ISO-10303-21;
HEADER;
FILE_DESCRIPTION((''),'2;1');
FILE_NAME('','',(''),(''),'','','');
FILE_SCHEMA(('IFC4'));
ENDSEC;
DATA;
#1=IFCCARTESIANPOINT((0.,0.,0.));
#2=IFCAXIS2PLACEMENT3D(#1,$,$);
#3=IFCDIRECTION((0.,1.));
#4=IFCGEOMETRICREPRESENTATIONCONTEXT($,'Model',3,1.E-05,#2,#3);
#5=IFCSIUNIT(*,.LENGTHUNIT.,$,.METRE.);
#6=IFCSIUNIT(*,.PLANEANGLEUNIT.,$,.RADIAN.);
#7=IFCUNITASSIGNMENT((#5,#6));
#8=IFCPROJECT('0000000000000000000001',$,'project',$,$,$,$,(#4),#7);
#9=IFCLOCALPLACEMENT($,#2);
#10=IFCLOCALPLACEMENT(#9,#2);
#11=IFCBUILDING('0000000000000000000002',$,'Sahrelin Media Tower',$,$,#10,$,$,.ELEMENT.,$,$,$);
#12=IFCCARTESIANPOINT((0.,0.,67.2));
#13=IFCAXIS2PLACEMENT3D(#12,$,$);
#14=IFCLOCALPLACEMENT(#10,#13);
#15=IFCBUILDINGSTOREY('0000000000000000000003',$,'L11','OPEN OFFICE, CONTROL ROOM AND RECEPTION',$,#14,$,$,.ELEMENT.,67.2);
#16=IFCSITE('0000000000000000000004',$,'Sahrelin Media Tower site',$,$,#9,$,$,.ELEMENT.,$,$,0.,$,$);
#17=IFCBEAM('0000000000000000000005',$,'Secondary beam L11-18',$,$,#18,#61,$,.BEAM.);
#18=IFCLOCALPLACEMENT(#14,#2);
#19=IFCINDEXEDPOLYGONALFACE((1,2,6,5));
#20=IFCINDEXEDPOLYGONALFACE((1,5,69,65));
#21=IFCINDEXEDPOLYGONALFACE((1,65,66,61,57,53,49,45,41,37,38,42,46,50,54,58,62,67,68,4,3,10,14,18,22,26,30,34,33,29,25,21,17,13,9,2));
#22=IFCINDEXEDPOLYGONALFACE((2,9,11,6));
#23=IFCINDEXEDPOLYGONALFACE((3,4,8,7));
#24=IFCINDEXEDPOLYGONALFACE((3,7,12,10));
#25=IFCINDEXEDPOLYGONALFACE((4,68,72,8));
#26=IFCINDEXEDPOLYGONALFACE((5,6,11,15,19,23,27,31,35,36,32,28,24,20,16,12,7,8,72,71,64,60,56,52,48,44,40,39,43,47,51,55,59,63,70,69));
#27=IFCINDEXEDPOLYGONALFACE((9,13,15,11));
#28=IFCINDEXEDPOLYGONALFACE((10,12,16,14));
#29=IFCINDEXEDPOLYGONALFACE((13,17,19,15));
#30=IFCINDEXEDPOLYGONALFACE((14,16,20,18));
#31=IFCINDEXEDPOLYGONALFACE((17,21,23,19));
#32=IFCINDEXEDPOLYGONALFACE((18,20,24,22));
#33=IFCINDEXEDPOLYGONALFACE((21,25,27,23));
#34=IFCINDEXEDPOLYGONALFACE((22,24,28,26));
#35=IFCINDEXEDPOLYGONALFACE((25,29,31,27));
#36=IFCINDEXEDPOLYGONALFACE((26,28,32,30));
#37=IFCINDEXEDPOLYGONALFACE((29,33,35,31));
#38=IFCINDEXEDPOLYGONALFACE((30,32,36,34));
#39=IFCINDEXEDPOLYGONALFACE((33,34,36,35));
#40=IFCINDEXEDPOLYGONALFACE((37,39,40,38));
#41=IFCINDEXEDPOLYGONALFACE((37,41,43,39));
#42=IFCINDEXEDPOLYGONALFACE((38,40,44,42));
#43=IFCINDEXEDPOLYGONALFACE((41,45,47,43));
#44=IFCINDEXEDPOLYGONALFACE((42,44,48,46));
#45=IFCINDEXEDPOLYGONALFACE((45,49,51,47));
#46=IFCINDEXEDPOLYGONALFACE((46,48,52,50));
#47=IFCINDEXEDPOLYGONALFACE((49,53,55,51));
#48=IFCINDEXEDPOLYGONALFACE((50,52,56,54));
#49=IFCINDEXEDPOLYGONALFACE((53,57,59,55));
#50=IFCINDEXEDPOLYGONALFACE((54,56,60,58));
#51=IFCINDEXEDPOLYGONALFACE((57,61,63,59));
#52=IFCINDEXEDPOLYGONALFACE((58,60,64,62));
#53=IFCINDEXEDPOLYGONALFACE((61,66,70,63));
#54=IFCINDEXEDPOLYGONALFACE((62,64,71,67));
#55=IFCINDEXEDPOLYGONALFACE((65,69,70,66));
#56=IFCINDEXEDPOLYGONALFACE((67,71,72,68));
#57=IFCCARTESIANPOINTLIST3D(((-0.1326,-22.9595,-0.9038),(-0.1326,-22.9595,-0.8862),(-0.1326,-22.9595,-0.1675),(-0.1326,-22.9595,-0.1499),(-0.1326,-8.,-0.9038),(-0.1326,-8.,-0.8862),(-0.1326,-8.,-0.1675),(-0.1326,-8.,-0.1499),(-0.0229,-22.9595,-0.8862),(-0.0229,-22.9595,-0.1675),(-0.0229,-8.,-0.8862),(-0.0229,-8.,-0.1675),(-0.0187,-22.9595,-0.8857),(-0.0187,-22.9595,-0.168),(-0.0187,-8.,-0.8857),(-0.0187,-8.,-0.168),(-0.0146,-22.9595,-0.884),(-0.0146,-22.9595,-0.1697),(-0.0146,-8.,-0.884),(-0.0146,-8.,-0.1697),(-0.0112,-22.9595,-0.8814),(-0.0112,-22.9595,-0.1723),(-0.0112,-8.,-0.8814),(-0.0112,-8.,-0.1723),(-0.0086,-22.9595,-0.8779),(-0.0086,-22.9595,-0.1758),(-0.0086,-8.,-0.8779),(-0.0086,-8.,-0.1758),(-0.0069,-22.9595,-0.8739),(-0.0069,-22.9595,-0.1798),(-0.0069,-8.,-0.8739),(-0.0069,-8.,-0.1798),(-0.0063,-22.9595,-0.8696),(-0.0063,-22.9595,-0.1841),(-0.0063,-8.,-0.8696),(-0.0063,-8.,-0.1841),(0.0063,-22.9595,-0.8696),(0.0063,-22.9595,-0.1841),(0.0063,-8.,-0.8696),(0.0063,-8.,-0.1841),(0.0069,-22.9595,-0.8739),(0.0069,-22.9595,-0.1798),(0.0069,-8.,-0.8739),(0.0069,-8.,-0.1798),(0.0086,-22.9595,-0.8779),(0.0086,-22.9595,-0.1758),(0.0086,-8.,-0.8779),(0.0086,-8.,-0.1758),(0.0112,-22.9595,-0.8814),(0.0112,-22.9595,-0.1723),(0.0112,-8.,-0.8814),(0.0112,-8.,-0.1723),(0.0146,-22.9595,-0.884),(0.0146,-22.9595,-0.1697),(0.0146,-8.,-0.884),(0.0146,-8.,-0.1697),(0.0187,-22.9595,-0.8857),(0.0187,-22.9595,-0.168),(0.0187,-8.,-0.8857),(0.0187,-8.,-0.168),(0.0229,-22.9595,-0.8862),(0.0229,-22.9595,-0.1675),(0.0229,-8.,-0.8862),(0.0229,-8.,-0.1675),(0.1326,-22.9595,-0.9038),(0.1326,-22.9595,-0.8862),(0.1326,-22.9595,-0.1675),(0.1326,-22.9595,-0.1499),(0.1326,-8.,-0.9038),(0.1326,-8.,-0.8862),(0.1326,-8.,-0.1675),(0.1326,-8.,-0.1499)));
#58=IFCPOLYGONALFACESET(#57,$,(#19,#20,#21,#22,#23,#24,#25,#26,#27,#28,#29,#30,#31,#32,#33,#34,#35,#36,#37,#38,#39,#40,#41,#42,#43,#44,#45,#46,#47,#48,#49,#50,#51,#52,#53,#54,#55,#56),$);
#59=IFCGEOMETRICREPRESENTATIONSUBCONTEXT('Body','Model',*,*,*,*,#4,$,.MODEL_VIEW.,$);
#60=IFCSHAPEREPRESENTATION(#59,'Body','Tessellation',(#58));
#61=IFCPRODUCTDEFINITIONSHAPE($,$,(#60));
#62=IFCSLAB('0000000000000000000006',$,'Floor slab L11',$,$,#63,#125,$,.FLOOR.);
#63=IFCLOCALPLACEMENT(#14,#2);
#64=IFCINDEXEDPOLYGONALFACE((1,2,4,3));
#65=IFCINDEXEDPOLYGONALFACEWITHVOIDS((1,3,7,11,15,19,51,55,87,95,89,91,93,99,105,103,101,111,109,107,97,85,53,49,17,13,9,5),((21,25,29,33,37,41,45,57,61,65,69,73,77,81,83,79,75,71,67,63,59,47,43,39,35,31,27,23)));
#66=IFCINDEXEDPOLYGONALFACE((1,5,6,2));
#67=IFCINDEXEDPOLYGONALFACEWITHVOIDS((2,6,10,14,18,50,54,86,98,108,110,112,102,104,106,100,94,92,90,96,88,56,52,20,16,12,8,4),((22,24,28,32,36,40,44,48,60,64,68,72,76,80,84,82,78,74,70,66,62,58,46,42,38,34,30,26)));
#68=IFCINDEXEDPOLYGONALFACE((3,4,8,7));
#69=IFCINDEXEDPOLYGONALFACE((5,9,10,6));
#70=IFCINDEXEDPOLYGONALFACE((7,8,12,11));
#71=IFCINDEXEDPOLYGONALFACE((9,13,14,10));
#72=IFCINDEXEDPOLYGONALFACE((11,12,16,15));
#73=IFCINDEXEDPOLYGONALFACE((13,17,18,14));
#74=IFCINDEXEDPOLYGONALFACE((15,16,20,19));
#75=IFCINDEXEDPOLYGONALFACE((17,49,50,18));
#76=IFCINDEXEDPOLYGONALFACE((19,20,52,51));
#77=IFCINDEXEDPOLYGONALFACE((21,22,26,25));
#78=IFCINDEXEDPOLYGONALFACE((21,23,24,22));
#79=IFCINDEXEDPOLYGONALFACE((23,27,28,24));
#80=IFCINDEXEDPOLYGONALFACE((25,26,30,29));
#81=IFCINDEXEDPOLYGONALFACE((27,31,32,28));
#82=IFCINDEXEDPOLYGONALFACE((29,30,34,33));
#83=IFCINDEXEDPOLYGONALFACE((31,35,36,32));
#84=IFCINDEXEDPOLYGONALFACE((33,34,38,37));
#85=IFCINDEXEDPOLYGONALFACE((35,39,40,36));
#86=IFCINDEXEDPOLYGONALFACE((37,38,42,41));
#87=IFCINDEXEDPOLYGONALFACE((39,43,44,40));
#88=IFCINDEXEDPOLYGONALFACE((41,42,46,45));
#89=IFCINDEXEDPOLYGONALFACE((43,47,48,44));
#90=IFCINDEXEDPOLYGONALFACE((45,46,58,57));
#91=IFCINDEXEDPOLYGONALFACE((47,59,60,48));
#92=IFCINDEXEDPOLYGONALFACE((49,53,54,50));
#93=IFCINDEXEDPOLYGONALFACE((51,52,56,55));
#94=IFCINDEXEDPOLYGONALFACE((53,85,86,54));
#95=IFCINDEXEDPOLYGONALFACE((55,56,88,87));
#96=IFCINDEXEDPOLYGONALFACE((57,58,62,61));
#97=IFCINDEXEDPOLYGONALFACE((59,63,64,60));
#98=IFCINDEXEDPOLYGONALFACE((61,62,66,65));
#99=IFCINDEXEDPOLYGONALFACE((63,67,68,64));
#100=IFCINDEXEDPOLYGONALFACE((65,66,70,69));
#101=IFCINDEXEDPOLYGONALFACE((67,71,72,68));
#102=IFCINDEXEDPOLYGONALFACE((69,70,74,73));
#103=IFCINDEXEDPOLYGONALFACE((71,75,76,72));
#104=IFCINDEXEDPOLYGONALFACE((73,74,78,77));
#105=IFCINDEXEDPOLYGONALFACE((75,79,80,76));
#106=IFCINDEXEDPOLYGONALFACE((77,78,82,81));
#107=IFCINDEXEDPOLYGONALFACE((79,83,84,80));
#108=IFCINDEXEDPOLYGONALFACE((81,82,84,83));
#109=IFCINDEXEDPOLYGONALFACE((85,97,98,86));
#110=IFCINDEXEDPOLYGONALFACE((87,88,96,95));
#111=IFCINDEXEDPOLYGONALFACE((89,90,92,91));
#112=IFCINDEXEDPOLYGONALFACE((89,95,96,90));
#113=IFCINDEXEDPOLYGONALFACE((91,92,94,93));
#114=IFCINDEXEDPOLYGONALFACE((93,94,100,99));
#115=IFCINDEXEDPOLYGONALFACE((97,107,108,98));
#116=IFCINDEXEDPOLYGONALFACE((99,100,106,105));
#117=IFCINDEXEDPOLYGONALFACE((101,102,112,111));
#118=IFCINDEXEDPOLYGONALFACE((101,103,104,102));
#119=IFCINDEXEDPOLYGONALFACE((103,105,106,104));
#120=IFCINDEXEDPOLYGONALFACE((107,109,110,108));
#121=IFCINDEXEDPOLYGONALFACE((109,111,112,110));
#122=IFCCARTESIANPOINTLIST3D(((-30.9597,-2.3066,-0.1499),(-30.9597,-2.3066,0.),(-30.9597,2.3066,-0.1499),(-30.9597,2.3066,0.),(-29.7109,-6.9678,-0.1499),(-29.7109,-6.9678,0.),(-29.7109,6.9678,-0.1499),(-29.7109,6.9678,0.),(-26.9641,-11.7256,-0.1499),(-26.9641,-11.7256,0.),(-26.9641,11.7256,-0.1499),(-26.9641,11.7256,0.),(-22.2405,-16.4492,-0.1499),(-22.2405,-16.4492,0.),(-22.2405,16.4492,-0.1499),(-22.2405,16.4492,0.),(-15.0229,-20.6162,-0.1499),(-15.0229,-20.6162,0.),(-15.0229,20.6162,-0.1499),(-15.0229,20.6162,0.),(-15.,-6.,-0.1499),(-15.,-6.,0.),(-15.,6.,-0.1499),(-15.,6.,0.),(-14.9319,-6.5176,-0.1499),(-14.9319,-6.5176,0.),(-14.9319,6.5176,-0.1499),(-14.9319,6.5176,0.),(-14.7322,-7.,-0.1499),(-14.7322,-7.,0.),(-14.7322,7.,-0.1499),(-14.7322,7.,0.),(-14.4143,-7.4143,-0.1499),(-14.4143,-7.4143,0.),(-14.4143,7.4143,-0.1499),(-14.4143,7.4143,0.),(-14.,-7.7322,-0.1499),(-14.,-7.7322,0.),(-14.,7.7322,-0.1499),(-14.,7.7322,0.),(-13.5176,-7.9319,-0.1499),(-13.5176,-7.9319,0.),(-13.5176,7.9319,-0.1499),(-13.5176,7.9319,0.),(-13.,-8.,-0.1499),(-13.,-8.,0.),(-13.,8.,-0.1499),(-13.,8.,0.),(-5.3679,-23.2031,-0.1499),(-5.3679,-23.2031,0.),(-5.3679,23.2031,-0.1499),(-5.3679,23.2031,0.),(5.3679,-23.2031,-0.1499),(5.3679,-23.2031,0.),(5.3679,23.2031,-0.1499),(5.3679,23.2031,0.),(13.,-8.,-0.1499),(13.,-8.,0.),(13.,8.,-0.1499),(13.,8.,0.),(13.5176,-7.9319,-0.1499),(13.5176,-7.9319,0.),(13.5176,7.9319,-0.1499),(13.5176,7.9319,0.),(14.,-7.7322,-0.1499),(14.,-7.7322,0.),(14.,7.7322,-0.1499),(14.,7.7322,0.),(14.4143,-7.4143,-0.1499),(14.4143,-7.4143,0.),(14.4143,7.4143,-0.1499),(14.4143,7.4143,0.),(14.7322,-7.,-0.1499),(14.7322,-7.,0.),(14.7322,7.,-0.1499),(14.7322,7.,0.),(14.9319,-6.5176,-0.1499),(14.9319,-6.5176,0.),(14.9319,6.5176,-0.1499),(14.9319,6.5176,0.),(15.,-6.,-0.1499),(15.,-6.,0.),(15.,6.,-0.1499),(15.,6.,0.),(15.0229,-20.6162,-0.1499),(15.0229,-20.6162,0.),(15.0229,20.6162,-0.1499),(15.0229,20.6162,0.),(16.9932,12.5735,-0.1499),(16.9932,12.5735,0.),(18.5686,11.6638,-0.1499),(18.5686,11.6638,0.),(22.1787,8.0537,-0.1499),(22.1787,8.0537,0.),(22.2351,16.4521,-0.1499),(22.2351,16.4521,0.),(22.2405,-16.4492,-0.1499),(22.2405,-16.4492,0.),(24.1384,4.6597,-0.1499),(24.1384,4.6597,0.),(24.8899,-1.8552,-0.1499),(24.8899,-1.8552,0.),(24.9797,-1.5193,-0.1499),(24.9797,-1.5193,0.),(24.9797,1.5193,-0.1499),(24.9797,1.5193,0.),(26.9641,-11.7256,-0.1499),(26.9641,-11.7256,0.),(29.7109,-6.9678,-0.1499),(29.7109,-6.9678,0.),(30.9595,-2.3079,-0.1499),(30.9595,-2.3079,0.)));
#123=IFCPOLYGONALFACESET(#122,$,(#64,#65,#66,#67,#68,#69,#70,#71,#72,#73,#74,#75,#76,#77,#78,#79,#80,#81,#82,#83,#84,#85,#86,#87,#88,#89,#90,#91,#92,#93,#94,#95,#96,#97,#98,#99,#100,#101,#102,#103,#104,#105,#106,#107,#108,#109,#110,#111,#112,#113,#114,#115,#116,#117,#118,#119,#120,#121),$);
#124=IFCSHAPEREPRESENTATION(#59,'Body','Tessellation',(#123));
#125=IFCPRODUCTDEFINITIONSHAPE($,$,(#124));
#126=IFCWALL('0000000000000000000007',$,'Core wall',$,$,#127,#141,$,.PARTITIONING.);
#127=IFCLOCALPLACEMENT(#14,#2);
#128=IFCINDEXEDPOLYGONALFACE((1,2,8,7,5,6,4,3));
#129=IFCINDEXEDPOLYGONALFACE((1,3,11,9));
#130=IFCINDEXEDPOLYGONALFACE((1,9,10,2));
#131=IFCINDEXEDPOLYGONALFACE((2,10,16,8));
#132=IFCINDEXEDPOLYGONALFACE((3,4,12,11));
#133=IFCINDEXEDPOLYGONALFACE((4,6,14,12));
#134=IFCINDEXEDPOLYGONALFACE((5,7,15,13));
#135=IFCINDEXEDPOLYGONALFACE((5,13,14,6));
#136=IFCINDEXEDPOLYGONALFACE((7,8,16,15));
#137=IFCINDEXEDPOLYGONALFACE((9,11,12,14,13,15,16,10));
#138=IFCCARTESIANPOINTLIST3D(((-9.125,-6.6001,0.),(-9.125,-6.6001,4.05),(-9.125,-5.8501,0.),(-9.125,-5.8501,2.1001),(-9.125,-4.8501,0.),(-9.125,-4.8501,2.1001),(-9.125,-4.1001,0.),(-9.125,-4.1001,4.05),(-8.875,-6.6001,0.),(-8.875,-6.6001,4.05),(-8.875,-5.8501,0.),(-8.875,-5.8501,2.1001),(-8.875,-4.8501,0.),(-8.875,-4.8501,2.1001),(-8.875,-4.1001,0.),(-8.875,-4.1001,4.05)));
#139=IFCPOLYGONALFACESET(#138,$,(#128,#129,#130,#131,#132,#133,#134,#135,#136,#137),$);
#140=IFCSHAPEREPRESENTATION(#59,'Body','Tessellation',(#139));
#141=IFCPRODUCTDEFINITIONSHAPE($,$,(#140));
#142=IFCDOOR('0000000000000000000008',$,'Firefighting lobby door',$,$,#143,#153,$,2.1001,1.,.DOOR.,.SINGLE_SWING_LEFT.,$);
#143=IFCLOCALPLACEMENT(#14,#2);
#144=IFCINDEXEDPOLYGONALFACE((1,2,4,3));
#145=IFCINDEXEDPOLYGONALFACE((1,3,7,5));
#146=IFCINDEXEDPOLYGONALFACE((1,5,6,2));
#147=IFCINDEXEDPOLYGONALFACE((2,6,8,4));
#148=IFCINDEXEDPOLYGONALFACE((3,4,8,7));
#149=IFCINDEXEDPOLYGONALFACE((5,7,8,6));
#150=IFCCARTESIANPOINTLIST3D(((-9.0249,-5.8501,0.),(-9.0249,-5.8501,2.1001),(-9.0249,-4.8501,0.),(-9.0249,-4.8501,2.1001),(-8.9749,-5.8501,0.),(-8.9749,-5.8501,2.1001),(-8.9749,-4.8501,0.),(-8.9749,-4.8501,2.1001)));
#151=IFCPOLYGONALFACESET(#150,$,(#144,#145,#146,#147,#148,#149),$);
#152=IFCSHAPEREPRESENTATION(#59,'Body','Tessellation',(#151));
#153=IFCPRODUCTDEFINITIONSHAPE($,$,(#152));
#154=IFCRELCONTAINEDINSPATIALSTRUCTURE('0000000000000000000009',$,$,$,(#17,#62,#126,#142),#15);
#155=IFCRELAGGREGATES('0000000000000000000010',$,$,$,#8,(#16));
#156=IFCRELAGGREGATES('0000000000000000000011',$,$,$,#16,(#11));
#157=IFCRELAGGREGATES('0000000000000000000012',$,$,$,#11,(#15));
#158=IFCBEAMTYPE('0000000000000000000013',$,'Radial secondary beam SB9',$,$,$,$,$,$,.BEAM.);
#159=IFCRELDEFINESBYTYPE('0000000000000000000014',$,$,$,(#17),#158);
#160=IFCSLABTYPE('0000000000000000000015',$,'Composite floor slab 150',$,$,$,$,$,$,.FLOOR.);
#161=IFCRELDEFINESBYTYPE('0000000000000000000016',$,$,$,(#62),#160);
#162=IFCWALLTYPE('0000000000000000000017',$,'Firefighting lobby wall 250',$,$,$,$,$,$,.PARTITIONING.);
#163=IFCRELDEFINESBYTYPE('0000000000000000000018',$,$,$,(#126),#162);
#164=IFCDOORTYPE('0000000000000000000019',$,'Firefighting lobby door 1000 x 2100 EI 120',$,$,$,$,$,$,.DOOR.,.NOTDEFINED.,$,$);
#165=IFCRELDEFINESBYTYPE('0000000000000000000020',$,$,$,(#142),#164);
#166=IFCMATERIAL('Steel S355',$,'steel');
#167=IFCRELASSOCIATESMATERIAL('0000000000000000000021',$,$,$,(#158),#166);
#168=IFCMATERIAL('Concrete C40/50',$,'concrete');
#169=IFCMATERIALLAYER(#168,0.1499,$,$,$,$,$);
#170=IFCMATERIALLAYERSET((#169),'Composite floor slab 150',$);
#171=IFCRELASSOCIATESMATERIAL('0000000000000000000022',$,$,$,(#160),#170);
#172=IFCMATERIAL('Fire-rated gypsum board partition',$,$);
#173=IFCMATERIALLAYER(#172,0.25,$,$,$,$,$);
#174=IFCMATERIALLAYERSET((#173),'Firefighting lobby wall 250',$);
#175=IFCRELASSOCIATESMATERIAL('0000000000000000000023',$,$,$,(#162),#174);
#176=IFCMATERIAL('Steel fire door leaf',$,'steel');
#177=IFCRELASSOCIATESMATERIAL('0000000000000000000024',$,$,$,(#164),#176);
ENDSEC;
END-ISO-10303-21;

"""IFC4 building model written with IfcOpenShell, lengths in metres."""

from ifc_helpers import new_model, si_unit, direction, frame, frame_2d, origin, origin_2d, place, context, subcontext, project, spatial, polyline, rectangle, i_section, outline, extrude, material, layer, layer_set, material_profile, profile_set, type_object, element, fill, save


model = new_model("IFC4")

# Units and contexts
model_context = context("Model", 3, precision=1e-05, world=origin(), true_north=direction((0.0, 1.0)))
body_context = subcontext(model_context, "Body", "Model", "MODEL_VIEW")
ifc_project = project(units=[si_unit("LENGTHUNIT", "METRE"), si_unit("PLANEANGLEUNIT", "RADIAN")], contexts=[model_context])

# Site, building, storey
site_placement = place(None, origin())
site = spatial("IfcSite", under=ifc_project, at=site_placement, Name="Sahrelin Media Tower site", CompositionType="ELEMENT", RefElevation=0.0)
building_placement = place(site_placement, origin())
building = spatial("IfcBuilding", under=site, at=building_placement, Name="Sahrelin Media Tower", CompositionType="ELEMENT")
storey_placement = place(building_placement, frame((0.0, 0.0, 67.2)))
storey = spatial("IfcBuildingStorey", under=building, at=storey_placement, Name="L11", Description="OPEN OFFICE, CONTROL ROOM AND RECEPTION", CompositionType="ELEMENT", Elevation=67.2)

# Beam
ifc_material_1 = material(Name="Steel S355", Category="steel")
ifc_material_profile_1 = material_profile(ifc_material_1, i_section(OverallWidth=0.2651, OverallDepth=0.7539, WebThickness=0.0127, FlangeThickness=0.0176, FilletRadius=0.0166, at=origin_2d()), Name="UB 762x267x147")
ifc_profile_set_1 = profile_set([ifc_material_profile_1], Name="Steel S355")
beam_type_1 = type_object("IfcBeamType", Name="Radial secondary beam SB9", PredefinedType="BEAM", material=ifc_profile_set_1)
beam_1_placement = place(storey_placement, frame((0.0, -8.0, -0.5269), z_axis=(0.0, -1.0, 0.0), x_axis=(1.0, 0.0, 0.0)))
element("IfcBeam", 1, at=beam_1_placement, inside=storey, type_object=beam_type_1, Name="Secondary beam L11-18", PredefinedType="BEAM", context=body_context, shape_type="SweptSolid", body=[
    extrude(i_section(OverallWidth=0.2651, OverallDepth=0.7539, WebThickness=0.0127, FlangeThickness=0.0176, FilletRadius=0.0166, at=origin_2d()), origin(), (0.0, 0.0, 1.0), 14.9595),
])

# Slab
ifc_material_2 = material(Name="Concrete C40/50", Category="concrete")
ifc_layer_1 = layer(ifc_material_2, 0.1499)
ifc_layer_set_1 = layer_set([ifc_layer_1], Name="Composite floor slab 150")
slab_type = type_object("IfcSlabType", Name="Composite floor slab 150", PredefinedType="FLOOR", material=ifc_layer_set_1)
slab_placement = place(storey_placement, frame((0.0, 0.0, -0.1499)))
element("IfcSlab", 2, at=slab_placement, inside=storey, type_object=slab_type, Name="Floor slab L11", PredefinedType="FLOOR", context=body_context, shape_type="SweptSolid", body=[
    extrude(outline(polyline([(29.7109, -6.9678), (30.9595, -2.3079), (24.8899, -1.8552), (24.9797, -1.5193), (24.9797, 1.5193), (24.1384, 4.6597), (22.1787, 8.0537), (18.5686, 11.6638), (16.9932, 12.5735), (22.2351, 16.4521), (15.0229, 20.6162), (5.3679, 23.2031), (-5.3679, 23.2031), (-15.0229, 20.6162), (-22.2405, 16.4492), (-26.9641, 11.7256), (-29.7109, 6.9678), (-30.9597, 2.3066), (-30.9597, -2.3066), (-29.7109, -6.9678), (-26.9641, -11.7256), (-22.2405, -16.4492), (-15.0229, -20.6162), (-5.3679, -23.2031), (5.3679, -23.2031), (15.0229, -20.6162), (22.2405, -16.4492), (26.9641, -11.7256), (29.7109, -6.9678)]), holes=[polyline([(14.7322, 7.0), (14.9319, 6.5176), (15.0, 6.0), (15.0, -6.0), (14.9319, -6.5176), (14.7322, -7.0), (14.4143, -7.4143), (14.0, -7.7322), (13.5176, -7.9319), (13.0, -8.0), (-13.0, -8.0), (-13.5176, -7.9319), (-14.0, -7.7322), (-14.4143, -7.4143), (-14.7322, -7.0), (-14.9319, -6.5176), (-15.0, -6.0), (-15.0, 6.0), (-14.9319, 6.5176), (-14.7322, 7.0), (-14.4143, 7.4143), (-14.0, 7.7322), (-13.5176, 7.9319), (-13.0, 8.0), (13.0, 8.0), (13.5176, 7.9319), (14.0, 7.7322), (14.4143, 7.4143), (14.7322, 7.0)])]), origin(), (0.0, 0.0, 1.0), 0.1499),
])

# Wall, opening, door
ifc_material_3 = material(Name="Fire-rated gypsum board partition")
ifc_layer_2 = layer(ifc_material_3, 0.25)
ifc_layer_set_2 = layer_set([ifc_layer_2], Name="Firefighting lobby wall 250")
wall_type_1 = type_object("IfcWallType", Name="Firefighting lobby wall 250", PredefinedType="PARTITIONING", material=ifc_layer_set_2)
wall_1_placement = place(storey_placement, frame((-9.0, -6.6001, 0.0), z_axis=(0.0, 0.0, 1.0), x_axis=(0.0, 1.0, 0.0)))
wall_1 = element("IfcWall", 3, at=wall_1_placement, inside=storey, type_object=wall_type_1, Name="Core wall", PredefinedType="PARTITIONING", context=body_context, shape_type="SweptSolid", body=[
    extrude(rectangle(XDim=2.5, YDim=0.25, at=frame_2d((1.25, 0.0))), origin(), (0.0, 0.0, 1.0), 4.05),
])
opening_1_placement = place(wall_1_placement, frame((0.75, 0.0, 0.0)))
opening_1 = element("IfcOpeningElement", 4, at=opening_1_placement, cuts=wall_1, PredefinedType="OPENING", context=body_context, shape_type="SweptSolid", body=[
    extrude(rectangle(XDim=1.0, YDim=2.1001, at=frame_2d((0.5, 1.05))), frame((0.0, 0.125, 0.0), z_axis=(0.0, -1.0, 0.0), x_axis=(1.0, 0.0, 0.0)), (0.0, 0.0, 1.0), 0.25),
])
ifc_material_4 = material(Name="Steel fire door leaf", Category="steel")
door_type_1 = type_object("IfcDoorType", Name="Firefighting lobby door 1000 x 2100 EI 120", OperationType="NOTDEFINED", PredefinedType="DOOR", material=ifc_material_4)
door_1_placement = place(opening_1_placement, origin())
door_1 = element("IfcDoor", 5, at=door_1_placement, inside=storey, type_object=door_type_1, Name="Firefighting lobby door", OperationType="SINGLE_SWING_LEFT", OverallHeight=2.1001, OverallWidth=1.0, PredefinedType="DOOR", context=body_context, shape_type="SweptSolid", body=[
    extrude(rectangle(XDim=1.0, YDim=2.1001, at=frame_2d((0.5, 1.05))), frame((0.0, 0.0249, 0.0), z_axis=(0.0, -1.0, 0.0), x_axis=(1.0, 0.0, 0.0)), (0.0, 0.0, 1.0), 0.05),
])
fill(opening_1, door_1)

save(model, "model.ifc")
